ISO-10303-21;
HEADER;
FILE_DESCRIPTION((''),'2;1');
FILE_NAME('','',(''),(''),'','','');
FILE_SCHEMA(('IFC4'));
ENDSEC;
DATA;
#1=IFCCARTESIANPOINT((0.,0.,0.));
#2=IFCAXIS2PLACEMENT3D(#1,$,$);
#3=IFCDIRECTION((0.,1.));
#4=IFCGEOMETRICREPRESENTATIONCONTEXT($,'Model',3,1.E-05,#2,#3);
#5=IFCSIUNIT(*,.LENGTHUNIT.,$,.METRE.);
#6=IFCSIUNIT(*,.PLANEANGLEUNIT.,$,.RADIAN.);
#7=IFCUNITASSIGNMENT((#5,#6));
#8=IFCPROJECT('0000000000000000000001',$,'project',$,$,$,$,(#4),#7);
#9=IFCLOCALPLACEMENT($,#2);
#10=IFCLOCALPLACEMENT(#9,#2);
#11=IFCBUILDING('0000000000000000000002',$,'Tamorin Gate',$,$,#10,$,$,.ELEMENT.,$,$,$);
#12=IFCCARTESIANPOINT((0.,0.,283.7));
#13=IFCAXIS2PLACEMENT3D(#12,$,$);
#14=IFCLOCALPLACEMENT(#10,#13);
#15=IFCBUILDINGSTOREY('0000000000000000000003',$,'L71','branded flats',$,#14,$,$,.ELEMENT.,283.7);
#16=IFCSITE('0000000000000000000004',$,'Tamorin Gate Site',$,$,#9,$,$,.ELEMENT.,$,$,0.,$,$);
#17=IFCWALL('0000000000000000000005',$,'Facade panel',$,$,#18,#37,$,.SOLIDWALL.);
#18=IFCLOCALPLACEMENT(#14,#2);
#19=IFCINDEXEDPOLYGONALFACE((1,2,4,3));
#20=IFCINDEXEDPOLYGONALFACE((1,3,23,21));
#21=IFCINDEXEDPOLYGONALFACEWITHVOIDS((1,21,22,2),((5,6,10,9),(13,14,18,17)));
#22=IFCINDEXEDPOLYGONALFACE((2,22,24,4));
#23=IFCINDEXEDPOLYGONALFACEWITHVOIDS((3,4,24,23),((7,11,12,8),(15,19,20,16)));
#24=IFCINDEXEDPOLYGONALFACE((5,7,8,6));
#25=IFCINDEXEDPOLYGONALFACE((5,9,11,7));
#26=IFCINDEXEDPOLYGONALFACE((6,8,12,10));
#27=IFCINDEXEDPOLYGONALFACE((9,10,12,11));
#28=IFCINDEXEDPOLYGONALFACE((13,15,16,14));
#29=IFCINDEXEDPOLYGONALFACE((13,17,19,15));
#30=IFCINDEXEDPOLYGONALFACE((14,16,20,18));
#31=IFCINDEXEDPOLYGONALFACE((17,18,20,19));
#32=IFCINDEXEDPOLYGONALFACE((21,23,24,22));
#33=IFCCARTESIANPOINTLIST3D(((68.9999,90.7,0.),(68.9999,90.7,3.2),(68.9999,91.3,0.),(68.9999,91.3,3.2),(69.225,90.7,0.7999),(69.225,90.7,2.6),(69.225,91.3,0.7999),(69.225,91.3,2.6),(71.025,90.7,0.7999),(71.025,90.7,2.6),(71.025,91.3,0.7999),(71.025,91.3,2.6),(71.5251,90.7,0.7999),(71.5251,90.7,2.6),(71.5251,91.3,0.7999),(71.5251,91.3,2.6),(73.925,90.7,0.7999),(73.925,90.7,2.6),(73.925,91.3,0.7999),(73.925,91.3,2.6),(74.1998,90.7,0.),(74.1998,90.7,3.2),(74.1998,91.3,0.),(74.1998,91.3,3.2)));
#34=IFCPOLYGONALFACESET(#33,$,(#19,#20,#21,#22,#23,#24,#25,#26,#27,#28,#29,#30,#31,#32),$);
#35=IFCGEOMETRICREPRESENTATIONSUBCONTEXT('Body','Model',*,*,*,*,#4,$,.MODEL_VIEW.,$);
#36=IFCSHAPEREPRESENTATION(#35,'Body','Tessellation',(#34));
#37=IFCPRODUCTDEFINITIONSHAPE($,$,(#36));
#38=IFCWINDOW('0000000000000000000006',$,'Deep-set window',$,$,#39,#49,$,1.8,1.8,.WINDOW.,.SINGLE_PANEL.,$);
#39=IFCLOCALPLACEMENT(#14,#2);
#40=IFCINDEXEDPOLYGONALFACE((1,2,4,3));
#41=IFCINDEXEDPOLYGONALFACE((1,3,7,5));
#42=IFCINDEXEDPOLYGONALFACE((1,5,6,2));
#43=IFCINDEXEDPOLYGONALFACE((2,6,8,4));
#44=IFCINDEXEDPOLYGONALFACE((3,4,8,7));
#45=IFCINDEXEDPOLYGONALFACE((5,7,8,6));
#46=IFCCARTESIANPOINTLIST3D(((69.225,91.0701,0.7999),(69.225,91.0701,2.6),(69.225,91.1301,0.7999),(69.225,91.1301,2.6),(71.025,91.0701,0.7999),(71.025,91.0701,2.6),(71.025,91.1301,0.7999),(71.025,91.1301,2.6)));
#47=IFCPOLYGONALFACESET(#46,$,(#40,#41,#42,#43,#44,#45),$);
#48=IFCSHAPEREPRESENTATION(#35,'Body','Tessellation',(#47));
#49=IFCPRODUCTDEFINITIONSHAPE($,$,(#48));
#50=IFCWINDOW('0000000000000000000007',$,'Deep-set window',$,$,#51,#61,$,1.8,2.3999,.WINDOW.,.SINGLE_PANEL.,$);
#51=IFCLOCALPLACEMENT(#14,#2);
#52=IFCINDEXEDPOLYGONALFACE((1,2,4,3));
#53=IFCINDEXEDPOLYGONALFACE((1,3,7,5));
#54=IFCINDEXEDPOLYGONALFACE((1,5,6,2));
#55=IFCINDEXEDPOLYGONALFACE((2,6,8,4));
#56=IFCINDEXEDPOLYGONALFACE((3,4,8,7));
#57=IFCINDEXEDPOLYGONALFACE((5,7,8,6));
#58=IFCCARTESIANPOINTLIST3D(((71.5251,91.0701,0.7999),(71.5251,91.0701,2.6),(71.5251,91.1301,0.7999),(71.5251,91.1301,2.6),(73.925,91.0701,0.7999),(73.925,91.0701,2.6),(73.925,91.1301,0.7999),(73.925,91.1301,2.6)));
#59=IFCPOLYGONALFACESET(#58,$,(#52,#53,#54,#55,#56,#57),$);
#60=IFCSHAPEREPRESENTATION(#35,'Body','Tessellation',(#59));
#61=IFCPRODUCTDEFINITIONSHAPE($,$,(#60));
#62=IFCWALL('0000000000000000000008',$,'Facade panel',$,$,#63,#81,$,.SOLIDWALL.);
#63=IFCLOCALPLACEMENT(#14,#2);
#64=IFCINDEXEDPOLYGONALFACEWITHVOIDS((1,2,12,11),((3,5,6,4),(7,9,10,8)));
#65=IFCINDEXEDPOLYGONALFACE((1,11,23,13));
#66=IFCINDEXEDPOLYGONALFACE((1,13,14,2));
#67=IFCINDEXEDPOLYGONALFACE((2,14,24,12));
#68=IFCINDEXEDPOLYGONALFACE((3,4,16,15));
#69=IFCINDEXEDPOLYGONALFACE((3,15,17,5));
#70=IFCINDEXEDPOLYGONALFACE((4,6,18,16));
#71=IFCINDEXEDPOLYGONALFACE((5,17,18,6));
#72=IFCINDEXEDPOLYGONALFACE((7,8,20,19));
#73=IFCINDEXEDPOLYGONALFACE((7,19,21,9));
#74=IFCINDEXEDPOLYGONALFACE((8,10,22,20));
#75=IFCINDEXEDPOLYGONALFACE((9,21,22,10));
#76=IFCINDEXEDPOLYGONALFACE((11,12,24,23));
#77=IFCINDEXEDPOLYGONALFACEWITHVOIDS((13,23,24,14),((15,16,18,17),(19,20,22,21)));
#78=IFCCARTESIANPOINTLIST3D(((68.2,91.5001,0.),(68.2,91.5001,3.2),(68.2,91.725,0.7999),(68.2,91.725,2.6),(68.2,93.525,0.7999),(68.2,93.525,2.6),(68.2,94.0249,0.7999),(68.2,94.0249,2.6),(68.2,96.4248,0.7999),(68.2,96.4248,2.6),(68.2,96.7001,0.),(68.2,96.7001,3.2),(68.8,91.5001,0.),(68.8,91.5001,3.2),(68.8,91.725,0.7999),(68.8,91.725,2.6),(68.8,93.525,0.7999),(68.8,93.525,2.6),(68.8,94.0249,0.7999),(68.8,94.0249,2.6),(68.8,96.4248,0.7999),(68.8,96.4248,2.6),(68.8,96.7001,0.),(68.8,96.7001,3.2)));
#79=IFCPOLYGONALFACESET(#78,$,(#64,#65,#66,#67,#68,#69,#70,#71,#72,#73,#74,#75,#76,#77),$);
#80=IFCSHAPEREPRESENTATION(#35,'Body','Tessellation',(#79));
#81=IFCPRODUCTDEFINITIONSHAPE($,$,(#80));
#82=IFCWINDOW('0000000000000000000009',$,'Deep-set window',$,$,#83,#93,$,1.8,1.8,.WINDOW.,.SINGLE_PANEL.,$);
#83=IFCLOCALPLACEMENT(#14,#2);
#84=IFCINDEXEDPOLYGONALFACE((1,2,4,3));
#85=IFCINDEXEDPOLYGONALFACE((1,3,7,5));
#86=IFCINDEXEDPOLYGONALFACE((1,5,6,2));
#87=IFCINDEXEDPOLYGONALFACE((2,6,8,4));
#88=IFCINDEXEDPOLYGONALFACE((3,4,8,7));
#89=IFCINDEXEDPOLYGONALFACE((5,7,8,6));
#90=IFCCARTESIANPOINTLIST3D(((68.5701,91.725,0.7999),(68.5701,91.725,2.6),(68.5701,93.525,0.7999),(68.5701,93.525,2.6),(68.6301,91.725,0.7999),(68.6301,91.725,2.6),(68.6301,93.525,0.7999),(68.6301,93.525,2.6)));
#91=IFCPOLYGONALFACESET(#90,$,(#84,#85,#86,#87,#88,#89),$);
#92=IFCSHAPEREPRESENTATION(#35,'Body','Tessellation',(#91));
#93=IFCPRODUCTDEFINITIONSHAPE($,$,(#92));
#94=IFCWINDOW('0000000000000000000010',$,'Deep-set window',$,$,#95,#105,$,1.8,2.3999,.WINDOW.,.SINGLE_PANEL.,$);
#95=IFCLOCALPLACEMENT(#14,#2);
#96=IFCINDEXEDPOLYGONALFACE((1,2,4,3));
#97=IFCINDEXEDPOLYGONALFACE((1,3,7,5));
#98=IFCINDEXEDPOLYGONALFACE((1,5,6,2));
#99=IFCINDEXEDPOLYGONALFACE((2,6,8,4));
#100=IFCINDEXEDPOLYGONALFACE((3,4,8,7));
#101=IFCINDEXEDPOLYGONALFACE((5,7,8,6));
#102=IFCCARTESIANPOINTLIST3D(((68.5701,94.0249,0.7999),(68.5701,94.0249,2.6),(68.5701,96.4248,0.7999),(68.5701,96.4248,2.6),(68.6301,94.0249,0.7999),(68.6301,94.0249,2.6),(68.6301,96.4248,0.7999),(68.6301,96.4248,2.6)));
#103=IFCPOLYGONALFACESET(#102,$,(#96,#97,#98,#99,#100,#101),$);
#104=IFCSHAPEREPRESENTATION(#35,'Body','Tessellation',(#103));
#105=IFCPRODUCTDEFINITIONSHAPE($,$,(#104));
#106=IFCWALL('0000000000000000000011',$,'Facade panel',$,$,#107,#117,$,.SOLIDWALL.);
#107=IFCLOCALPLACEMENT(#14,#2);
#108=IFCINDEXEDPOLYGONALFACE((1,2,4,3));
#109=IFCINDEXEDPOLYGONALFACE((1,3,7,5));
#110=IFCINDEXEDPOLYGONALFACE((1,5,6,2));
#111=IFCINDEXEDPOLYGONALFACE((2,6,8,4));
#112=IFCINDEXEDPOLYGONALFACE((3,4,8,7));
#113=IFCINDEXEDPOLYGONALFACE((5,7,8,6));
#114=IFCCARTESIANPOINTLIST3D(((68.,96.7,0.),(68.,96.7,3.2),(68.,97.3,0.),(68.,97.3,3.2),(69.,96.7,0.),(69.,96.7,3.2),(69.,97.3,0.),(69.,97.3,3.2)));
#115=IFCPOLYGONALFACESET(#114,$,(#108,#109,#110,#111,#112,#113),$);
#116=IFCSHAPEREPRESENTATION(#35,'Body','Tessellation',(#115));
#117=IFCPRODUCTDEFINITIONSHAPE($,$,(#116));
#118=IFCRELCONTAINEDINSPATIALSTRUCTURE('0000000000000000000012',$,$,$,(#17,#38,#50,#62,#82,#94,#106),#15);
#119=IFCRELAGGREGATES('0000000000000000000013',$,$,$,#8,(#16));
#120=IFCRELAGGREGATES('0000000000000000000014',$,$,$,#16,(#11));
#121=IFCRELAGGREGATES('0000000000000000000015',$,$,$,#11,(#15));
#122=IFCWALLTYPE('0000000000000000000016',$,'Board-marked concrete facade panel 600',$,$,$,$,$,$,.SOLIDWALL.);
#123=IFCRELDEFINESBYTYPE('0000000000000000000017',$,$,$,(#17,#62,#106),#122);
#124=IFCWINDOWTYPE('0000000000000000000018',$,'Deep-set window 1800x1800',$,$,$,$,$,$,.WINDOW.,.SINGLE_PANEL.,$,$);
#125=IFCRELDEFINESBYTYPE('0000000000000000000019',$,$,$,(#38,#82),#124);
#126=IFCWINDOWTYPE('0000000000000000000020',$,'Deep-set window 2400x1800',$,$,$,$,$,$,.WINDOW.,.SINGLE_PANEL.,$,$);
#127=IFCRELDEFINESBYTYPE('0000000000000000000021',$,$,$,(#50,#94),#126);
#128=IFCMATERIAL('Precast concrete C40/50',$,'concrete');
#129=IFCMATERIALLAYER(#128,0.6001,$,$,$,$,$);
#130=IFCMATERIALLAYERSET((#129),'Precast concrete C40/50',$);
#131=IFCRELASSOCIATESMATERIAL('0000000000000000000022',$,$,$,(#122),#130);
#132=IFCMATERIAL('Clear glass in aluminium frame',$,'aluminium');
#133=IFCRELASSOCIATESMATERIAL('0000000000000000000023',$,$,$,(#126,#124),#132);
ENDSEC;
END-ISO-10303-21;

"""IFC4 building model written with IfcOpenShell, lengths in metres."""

from ifc_helpers import new_model, si_unit, direction, frame, frame_2d, origin, place, context, subcontext, project, spatial, rectangle, extrude, material, layer, layer_set, type_object, element, fill, save


model = new_model("IFC4")

# Units and contexts
model_context = context("Model", 3, precision=1e-05, world=origin(), true_north=direction((0.0, 1.0)))
body_context = subcontext(model_context, "Body", "Model", "MODEL_VIEW")
ifc_project = project(units=[si_unit("LENGTHUNIT", "METRE"), si_unit("PLANEANGLEUNIT", "RADIAN")], contexts=[model_context])

# Site, building, storey
site_placement = place(None, origin())
site = spatial("IfcSite", under=ifc_project, at=site_placement, Name="Tamorin Gate Site", CompositionType="ELEMENT", RefElevation=0.0)
building_placement = place(site_placement, origin())
building = spatial("IfcBuilding", under=site, at=building_placement, Name="Tamorin Gate", CompositionType="ELEMENT")
storey_placement = place(building_placement, frame((0.0, 0.0, 283.7)))
storey = spatial("IfcBuildingStorey", under=building, at=storey_placement, Name="L71", Description="branded flats", CompositionType="ELEMENT", Elevation=283.7)

# Shared definitions
ifc_material_1 = material(Name="Precast concrete C40/50", Category="concrete")
ifc_layer = layer(ifc_material_1, 0.6001)
ifc_layer_set = layer_set([ifc_layer], Name="Precast concrete C40/50")
wall_type = type_object("IfcWallType", Name="Board-marked concrete facade panel 600", PredefinedType="SOLIDWALL", material=ifc_layer_set)
ifc_material_2 = material(Name="Clear glass in aluminium frame", Category="aluminium")
window_type_1 = type_object("IfcWindowType", Name="Deep-set window 2400x1800", PartitioningType="SINGLE_PANEL", PredefinedType="WINDOW", material=ifc_material_2)

# Walls, openings, windows
wall_1_placement = place(storey_placement, frame((74.2, 91.0, 0.0), z_axis=(0.0, 0.0, 1.0), x_axis=(-1.0, 0.0, 0.0)))
wall_1 = element("IfcWall", 1, at=wall_1_placement, inside=storey, type_object=wall_type, Name="Facade panel", PredefinedType="SOLIDWALL", context=body_context, shape_type="SweptSolid", body=[
    extrude(rectangle(XDim=5.2, YDim=0.6001, at=frame_2d((2.6001, 0.0))), origin(), (0.0, 0.0, 1.0), 3.2),
])
opening_1_placement = place(wall_1_placement, frame((3.175, 0.0, 0.8)))
opening_1 = element("IfcOpeningElement", 2, at=opening_1_placement, cuts=wall_1, PredefinedType="OPENING", context=body_context, shape_type="SweptSolid", body=[
    extrude(rectangle(XDim=1.8, YDim=1.8, at=frame_2d((0.8999, 0.8999))), frame((0.0, 0.3101, 0.0), z_axis=(0.0, -1.0, 0.0), x_axis=(1.0, 0.0, 0.0)), (0.0, 0.0, 1.0), 0.6201),
])
opening_2_placement = place(wall_1_placement, frame((0.2749, 0.0, 0.8)))
opening_2 = element("IfcOpeningElement", 3, at=opening_2_placement, cuts=wall_1, PredefinedType="OPENING", context=body_context, shape_type="SweptSolid", body=[
    extrude(rectangle(XDim=2.3999, YDim=1.8, at=frame_2d((1.2, 0.8999))), frame((0.0, 0.3101, 0.0), z_axis=(0.0, -1.0, 0.0), x_axis=(1.0, 0.0, 0.0)), (0.0, 0.0, 1.0), 0.6201),
])
window_type_2 = type_object("IfcWindowType", Name="Deep-set window 1800x1800", PartitioningType="SINGLE_PANEL", PredefinedType="WINDOW", material=ifc_material_2)
window_1_placement = place(opening_1_placement, origin())
window_1 = element("IfcWindow", 4, at=window_1_placement, inside=storey, type_object=window_type_2, Name="Deep-set window", OverallHeight=1.8, OverallWidth=1.8, PartitioningType="SINGLE_PANEL", PredefinedType="WINDOW", context=body_context, shape_type="SweptSolid", body=[
    extrude(rectangle(XDim=1.8, YDim=1.8, at=frame_2d((0.8999, 0.8999))), frame((0.0, -0.0701, 0.0), z_axis=(0.0, -1.0, 0.0), x_axis=(1.0, 0.0, 0.0)), (0.0, 0.0, 1.0), 0.0601),
])
fill(opening_1, window_1)
window_2_placement = place(opening_2_placement, origin())
window_2 = element("IfcWindow", 5, at=window_2_placement, inside=storey, type_object=window_type_1, Name="Deep-set window", OverallHeight=1.8, OverallWidth=2.3999, PartitioningType="SINGLE_PANEL", PredefinedType="WINDOW", context=body_context, shape_type="SweptSolid", body=[
    extrude(rectangle(XDim=2.3999, YDim=1.8, at=frame_2d((1.2, 0.8999))), frame((0.0, -0.0701, 0.0), z_axis=(0.0, -1.0, 0.0), x_axis=(1.0, 0.0, 0.0)), (0.0, 0.0, 1.0), 0.0601),
])
fill(opening_2, window_2)
wall_2_placement = place(storey_placement, frame((68.5, 91.5, 0.0), z_axis=(0.0, 0.0, 1.0), x_axis=(0.0, 1.0, 0.0)))
wall_2 = element("IfcWall", 6, at=wall_2_placement, inside=storey, type_object=wall_type, Name="Facade panel", PredefinedType="SOLIDWALL", context=body_context, shape_type="SweptSolid", body=[
    extrude(rectangle(XDim=5.2, YDim=0.6001, at=frame_2d((2.6001, 0.0))), origin(), (0.0, 0.0, 1.0), 3.2),
])
opening_3_placement = place(wall_2_placement, frame((0.2251, 0.0, 0.8)))
opening_3 = element("IfcOpeningElement", 7, at=opening_3_placement, cuts=wall_2, PredefinedType="OPENING", context=body_context, shape_type="SweptSolid", body=[
    extrude(rectangle(XDim=1.8, YDim=1.8, at=frame_2d((0.8999, 0.8999))), frame((0.0, 0.3101, 0.0), z_axis=(0.0, -1.0, 0.0), x_axis=(1.0, 0.0, 0.0)), (0.0, 0.0, 1.0), 0.6201),
])
opening_4_placement = place(wall_2_placement, frame((2.5249, 0.0, 0.8)))
opening_4 = element("IfcOpeningElement", 8, at=opening_4_placement, cuts=wall_2, PredefinedType="OPENING", context=body_context, shape_type="SweptSolid", body=[
    extrude(rectangle(XDim=2.3999, YDim=1.8, at=frame_2d((1.2, 0.8999))), frame((0.0, 0.3101, 0.0), z_axis=(0.0, -1.0, 0.0), x_axis=(1.0, 0.0, 0.0)), (0.0, 0.0, 1.0), 0.6201),
])
window_3_placement = place(opening_3_placement, origin())
window_3 = element("IfcWindow", 9, at=window_3_placement, inside=storey, type_object=window_type_2, Name="Deep-set window", OverallHeight=1.8, OverallWidth=1.8, PartitioningType="SINGLE_PANEL", PredefinedType="WINDOW", context=body_context, shape_type="SweptSolid", body=[
    extrude(rectangle(XDim=1.8, YDim=1.8, at=frame_2d((0.8999, 0.8999))), frame((0.0, -0.0701, 0.0), z_axis=(0.0, -1.0, 0.0), x_axis=(1.0, 0.0, 0.0)), (0.0, 0.0, 1.0), 0.0601),
])
fill(opening_3, window_3)
window_4_placement = place(opening_4_placement, origin())
window_4 = element("IfcWindow", 10, at=window_4_placement, inside=storey, type_object=window_type_1, Name="Deep-set window", OverallHeight=1.8, OverallWidth=2.3999, PartitioningType="SINGLE_PANEL", PredefinedType="WINDOW", context=body_context, shape_type="SweptSolid", body=[
    extrude(rectangle(XDim=2.3999, YDim=1.8, at=frame_2d((1.2, 0.8999))), frame((0.0, -0.0701, 0.0), z_axis=(0.0, -1.0, 0.0), x_axis=(1.0, 0.0, 0.0)), (0.0, 0.0, 1.0), 0.0601),
])
fill(opening_4, window_4)

# Wall
wall_3_placement = place(storey_placement, frame((69.0, 97.0, 0.0), z_axis=(0.0, 0.0, 1.0), x_axis=(-1.0, 0.0, 0.0)))
element("IfcWall", 11, at=wall_3_placement, inside=storey, type_object=wall_type, Name="Facade panel", PredefinedType="SOLIDWALL", context=body_context, shape_type="SweptSolid", body=[
    extrude(rectangle(XDim=1.0, YDim=0.6001, at=frame_2d((0.5, 0.0))), origin(), (0.0, 0.0, 1.0), 3.2),
])

save(model, "model.ifc")
